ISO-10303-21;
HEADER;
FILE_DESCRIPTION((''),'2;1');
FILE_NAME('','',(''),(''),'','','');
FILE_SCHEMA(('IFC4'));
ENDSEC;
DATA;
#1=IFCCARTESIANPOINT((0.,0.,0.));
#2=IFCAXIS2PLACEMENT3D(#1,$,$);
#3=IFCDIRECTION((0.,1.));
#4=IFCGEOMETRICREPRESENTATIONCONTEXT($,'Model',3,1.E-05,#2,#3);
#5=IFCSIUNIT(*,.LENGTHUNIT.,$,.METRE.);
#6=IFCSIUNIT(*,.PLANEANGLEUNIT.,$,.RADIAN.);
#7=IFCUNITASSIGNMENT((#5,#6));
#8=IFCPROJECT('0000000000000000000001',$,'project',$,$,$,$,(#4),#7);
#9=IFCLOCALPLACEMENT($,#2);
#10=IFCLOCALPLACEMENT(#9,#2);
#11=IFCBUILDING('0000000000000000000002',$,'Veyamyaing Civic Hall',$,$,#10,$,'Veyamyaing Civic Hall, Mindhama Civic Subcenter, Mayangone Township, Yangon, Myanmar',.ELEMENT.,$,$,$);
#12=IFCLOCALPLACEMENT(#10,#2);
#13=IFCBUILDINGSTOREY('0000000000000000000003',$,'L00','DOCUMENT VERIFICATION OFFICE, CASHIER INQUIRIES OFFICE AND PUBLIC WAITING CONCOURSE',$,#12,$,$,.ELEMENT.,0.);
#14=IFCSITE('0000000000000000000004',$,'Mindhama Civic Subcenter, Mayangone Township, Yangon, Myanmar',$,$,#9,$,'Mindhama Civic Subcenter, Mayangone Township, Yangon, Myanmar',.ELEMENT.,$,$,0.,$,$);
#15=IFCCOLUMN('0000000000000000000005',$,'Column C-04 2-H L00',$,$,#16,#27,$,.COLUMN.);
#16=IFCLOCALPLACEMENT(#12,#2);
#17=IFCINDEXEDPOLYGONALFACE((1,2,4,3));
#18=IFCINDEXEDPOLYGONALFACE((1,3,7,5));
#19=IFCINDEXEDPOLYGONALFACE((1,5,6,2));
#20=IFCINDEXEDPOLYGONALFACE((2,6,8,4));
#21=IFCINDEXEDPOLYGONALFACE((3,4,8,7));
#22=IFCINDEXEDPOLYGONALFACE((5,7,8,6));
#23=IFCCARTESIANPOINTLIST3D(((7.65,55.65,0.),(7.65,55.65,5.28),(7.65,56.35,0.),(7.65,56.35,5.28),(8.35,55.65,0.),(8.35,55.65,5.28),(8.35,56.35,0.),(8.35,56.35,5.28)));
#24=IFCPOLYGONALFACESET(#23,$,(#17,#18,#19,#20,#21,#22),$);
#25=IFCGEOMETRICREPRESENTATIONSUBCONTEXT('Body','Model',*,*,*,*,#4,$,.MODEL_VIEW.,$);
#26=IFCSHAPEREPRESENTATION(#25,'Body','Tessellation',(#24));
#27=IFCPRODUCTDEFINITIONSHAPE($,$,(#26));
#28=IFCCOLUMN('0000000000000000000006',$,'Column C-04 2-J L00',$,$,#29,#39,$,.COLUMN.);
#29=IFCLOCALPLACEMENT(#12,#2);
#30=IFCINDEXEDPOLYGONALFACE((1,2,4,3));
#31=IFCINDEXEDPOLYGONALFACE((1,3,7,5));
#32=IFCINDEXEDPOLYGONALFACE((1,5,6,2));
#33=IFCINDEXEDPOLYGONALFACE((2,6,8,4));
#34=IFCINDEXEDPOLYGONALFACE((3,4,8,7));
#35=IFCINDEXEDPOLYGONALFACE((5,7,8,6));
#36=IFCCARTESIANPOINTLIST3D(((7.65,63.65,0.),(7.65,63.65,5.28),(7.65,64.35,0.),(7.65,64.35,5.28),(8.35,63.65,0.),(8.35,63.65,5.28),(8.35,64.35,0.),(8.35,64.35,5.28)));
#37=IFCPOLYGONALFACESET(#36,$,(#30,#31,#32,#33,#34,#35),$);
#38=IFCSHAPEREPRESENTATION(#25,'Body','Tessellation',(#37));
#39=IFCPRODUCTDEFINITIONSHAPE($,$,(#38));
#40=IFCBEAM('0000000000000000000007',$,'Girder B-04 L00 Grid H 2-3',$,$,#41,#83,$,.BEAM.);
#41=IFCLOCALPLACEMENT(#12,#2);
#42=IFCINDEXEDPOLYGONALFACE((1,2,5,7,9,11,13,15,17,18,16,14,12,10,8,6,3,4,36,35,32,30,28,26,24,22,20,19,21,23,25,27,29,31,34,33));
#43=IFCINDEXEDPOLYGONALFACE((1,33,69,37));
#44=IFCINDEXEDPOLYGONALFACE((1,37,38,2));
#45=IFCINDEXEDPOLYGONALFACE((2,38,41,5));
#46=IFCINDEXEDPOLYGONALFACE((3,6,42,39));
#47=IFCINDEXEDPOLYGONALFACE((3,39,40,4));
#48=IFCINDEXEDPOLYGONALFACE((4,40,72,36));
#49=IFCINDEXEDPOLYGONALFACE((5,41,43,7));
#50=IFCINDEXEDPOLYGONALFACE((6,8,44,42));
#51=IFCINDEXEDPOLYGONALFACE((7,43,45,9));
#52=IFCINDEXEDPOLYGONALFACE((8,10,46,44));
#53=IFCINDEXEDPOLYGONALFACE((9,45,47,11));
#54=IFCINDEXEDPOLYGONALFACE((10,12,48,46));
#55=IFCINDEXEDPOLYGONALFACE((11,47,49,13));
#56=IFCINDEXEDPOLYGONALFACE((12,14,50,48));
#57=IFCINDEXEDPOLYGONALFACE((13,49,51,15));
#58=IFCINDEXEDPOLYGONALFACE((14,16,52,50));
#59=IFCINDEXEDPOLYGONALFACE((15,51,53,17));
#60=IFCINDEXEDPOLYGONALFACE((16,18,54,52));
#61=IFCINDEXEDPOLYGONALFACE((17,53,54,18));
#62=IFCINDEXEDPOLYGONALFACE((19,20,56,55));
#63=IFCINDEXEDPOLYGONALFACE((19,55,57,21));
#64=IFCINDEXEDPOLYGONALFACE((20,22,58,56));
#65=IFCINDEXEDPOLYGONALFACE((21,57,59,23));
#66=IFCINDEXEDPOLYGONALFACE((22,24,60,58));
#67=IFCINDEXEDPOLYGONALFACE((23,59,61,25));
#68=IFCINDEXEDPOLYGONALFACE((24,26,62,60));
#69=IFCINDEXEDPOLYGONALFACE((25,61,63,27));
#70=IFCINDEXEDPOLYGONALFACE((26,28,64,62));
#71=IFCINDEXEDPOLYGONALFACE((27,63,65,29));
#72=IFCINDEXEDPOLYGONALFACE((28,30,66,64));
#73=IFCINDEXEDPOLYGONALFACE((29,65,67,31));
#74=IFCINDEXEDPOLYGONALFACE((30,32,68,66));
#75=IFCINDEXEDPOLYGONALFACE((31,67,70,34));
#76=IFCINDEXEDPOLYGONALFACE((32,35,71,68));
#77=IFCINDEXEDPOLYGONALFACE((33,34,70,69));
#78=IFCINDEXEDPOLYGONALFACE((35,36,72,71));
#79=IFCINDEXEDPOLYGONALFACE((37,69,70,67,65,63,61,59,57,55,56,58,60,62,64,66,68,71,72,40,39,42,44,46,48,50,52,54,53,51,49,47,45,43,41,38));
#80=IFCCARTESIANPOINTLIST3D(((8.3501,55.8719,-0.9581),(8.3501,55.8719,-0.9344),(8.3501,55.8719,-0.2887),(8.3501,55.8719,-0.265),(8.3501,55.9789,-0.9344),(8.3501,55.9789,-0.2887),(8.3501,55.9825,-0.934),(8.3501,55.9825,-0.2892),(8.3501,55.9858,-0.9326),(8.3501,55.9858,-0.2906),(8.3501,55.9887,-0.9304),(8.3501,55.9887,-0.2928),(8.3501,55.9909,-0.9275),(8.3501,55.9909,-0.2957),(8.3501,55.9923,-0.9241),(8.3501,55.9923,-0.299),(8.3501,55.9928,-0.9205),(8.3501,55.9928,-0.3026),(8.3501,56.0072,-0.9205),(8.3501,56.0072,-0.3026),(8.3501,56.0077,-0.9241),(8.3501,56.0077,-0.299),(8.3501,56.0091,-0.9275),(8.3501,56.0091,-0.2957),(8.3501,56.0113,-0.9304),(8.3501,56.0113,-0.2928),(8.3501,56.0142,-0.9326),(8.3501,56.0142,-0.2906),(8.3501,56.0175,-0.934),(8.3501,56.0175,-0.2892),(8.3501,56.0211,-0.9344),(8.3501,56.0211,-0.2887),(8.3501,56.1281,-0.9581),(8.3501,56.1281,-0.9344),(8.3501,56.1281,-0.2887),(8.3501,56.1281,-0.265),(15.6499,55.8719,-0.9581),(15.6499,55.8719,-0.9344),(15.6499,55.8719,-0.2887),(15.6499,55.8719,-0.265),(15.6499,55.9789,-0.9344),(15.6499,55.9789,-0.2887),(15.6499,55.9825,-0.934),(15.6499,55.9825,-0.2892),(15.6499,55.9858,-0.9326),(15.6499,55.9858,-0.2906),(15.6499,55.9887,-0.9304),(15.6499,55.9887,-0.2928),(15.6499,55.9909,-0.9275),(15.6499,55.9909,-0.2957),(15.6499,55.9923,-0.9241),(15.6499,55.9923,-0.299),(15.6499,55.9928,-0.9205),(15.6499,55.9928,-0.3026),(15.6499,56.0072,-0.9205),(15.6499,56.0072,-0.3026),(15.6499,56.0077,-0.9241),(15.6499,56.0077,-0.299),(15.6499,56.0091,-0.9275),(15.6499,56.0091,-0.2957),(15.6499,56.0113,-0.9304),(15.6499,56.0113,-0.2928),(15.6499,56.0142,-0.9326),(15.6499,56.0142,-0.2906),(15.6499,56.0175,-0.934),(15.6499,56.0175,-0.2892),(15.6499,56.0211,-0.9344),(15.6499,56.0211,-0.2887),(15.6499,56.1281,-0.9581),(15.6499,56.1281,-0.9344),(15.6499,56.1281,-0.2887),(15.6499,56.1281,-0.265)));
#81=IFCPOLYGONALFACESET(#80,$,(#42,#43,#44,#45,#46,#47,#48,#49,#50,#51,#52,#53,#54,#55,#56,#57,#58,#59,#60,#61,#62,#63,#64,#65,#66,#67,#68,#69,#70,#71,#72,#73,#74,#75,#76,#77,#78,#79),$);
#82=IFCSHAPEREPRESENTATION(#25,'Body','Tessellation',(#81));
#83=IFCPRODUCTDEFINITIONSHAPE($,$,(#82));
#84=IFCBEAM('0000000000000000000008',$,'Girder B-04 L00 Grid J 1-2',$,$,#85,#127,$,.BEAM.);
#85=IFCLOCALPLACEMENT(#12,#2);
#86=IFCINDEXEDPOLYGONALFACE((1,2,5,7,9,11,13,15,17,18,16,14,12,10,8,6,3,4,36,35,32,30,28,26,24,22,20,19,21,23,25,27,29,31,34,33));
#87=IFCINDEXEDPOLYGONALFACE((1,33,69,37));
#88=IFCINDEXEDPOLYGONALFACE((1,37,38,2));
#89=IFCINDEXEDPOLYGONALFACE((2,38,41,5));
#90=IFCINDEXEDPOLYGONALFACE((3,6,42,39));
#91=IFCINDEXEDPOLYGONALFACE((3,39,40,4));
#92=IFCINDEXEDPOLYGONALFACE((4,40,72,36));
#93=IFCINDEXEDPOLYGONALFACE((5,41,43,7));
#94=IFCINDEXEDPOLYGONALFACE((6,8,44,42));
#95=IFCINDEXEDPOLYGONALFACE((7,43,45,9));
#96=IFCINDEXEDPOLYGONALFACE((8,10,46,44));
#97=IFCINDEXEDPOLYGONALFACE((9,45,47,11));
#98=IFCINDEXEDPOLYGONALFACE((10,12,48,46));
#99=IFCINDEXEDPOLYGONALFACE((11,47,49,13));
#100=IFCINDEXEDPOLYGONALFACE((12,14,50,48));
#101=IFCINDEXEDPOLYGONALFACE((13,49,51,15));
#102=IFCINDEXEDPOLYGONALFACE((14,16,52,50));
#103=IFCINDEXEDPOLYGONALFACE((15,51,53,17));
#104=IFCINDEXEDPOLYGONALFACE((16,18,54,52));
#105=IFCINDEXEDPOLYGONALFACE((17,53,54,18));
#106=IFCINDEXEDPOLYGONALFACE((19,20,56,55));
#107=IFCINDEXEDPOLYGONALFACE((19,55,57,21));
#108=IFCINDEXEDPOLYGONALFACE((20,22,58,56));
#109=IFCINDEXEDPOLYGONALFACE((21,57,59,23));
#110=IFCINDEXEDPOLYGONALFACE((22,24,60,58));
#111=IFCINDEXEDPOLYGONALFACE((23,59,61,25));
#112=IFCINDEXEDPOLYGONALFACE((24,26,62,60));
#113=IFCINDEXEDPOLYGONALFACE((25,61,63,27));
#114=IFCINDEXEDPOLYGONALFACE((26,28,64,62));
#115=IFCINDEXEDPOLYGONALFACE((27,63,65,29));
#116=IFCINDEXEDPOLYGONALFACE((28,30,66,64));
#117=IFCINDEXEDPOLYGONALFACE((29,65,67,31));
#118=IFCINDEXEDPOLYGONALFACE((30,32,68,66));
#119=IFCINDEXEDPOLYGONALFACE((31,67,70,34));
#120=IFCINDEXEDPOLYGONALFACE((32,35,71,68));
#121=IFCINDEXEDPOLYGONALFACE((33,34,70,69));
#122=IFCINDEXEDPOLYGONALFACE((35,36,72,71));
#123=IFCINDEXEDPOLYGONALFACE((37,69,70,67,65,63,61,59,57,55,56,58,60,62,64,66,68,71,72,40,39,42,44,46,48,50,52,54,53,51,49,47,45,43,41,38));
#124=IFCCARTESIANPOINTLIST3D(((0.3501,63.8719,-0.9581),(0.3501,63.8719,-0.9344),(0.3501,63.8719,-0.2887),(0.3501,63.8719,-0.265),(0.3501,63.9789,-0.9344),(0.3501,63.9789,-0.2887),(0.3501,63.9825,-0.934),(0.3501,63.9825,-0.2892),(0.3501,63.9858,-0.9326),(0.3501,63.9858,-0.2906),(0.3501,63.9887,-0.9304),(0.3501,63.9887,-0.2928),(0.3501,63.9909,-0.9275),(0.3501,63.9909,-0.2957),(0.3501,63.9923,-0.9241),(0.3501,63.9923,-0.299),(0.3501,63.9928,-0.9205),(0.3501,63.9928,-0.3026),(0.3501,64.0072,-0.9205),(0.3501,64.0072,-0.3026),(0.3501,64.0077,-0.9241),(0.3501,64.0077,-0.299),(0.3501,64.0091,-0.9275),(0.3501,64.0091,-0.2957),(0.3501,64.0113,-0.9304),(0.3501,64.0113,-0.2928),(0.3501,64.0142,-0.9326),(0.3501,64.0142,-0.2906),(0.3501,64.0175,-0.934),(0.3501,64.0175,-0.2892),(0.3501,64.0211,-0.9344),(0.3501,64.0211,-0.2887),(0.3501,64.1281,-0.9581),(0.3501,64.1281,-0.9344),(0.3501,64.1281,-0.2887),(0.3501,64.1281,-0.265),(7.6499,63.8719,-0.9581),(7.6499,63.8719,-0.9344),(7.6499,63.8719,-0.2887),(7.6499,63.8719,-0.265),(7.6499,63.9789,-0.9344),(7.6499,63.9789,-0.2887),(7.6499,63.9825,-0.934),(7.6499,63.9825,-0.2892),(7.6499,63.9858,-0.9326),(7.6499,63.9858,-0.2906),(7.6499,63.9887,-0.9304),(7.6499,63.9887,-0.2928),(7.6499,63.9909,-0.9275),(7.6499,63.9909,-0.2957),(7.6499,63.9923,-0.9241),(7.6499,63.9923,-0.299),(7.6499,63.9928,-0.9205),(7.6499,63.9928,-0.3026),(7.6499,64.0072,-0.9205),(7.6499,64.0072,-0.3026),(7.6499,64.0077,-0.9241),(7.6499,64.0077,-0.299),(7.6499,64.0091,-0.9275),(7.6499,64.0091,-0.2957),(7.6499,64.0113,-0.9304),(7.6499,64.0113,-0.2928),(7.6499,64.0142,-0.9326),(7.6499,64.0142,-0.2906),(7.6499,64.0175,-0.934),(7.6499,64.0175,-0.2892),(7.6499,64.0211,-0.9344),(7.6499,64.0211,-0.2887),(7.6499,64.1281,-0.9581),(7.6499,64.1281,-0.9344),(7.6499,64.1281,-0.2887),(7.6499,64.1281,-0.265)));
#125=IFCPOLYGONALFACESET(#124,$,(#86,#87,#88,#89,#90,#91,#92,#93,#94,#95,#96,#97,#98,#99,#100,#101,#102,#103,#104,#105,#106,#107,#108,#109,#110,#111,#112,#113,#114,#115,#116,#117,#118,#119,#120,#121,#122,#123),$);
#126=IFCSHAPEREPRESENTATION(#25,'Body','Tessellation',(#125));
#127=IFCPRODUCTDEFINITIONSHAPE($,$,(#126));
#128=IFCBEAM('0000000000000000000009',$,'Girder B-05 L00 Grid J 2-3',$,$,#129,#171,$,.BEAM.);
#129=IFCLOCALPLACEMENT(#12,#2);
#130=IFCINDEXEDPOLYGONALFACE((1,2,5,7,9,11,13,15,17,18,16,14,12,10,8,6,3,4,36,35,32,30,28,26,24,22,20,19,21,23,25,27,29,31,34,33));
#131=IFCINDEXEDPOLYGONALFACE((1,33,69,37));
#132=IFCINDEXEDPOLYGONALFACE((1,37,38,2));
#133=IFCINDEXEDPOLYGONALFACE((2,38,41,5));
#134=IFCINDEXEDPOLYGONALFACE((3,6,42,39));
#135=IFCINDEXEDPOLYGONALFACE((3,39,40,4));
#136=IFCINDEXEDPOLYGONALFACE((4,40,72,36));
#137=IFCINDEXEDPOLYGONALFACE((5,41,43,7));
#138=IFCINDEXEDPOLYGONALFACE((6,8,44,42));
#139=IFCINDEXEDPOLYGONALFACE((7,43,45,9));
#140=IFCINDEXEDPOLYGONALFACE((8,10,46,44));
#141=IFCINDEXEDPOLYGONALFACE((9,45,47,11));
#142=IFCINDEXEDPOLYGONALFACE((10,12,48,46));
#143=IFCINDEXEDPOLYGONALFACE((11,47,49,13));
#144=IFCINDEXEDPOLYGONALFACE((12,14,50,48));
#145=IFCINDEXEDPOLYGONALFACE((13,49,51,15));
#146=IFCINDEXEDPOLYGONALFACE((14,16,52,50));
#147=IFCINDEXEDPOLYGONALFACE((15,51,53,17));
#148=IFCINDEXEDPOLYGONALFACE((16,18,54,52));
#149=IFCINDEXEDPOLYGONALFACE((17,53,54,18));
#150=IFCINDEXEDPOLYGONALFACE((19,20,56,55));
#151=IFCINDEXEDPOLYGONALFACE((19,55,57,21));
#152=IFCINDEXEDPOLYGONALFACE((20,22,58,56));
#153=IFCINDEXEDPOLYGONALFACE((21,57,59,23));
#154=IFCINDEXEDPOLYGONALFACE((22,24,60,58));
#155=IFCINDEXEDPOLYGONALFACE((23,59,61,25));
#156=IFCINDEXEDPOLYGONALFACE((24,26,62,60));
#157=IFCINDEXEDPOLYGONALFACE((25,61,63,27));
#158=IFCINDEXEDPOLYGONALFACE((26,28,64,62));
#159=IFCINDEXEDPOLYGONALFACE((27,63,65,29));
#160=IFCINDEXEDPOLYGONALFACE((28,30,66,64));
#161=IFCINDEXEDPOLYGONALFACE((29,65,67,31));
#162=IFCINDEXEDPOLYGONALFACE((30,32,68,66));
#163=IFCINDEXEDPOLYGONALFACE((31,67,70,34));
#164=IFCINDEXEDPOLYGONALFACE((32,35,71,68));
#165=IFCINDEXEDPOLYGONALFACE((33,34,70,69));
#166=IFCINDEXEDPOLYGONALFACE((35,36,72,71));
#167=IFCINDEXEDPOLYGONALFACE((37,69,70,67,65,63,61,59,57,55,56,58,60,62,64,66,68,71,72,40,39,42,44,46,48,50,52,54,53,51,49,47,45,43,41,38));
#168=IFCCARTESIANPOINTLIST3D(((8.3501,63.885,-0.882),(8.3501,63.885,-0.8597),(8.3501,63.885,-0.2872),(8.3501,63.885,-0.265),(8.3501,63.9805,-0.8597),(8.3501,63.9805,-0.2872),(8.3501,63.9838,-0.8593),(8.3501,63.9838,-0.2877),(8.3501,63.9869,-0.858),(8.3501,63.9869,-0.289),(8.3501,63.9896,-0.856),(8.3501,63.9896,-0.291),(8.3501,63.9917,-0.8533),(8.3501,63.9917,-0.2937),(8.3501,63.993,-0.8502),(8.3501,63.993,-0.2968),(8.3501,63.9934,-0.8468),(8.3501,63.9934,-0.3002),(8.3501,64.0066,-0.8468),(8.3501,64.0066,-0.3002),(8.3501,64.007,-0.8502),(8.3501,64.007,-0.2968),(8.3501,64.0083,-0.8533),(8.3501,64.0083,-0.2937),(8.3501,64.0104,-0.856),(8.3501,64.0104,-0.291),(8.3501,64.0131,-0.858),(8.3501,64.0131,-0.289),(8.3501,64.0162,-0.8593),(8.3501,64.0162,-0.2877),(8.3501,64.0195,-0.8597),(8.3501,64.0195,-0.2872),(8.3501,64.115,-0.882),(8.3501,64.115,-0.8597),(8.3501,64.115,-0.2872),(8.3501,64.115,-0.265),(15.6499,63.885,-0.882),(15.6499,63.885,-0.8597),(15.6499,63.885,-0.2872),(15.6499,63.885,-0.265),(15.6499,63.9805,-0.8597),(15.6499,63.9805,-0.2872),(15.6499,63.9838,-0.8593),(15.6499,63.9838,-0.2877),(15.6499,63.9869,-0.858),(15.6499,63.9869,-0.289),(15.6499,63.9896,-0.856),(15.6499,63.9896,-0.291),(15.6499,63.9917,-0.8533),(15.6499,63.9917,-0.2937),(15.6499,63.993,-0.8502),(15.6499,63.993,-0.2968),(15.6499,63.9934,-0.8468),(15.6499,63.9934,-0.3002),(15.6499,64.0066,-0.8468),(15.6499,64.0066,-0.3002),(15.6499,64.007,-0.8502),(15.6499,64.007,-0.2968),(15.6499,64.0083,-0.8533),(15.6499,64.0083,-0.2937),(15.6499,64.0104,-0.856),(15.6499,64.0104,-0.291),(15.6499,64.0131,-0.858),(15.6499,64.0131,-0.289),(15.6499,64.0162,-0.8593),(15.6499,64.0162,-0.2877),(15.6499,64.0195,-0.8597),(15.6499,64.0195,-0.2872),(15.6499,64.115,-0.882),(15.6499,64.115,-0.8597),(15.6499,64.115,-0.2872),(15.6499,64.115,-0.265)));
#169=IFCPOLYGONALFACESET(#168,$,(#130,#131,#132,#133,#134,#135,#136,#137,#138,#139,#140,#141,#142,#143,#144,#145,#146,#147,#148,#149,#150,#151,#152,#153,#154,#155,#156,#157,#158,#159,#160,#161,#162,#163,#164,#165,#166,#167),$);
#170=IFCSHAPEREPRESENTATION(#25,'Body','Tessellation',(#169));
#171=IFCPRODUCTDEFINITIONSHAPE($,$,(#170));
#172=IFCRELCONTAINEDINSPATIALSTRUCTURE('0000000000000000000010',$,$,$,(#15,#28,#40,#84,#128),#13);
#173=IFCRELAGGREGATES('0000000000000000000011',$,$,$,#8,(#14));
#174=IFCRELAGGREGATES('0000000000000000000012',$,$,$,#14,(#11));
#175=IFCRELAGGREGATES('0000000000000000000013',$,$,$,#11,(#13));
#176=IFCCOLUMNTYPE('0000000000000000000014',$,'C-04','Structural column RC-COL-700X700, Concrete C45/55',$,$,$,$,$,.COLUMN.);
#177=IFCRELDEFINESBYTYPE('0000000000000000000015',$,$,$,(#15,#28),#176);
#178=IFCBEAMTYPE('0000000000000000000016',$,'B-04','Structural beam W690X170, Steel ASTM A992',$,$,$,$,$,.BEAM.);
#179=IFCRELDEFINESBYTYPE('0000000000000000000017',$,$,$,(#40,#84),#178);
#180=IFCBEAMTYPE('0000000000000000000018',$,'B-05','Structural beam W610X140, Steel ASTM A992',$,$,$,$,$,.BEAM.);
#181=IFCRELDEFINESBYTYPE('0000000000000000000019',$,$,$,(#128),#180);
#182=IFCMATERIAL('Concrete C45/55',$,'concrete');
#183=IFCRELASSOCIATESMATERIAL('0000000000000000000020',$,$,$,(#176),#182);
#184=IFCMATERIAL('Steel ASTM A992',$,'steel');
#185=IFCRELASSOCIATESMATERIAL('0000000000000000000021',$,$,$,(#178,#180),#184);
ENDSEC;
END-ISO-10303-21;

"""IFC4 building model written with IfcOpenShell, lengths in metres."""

from ifc_helpers import new_model, si_unit, direction, frame, origin, origin_2d, place, context, subcontext, project, spatial, rectangle, i_section, extrude, material, material_profile, profile_set, type_object, element, save


model = new_model("IFC4")

# Units and contexts
model_context = context("Model", 3, precision=1e-05, world=origin(), true_north=direction((0.0, 1.0)))
body_context = subcontext(model_context, "Body", "Model", "MODEL_VIEW")
ifc_project = project(units=[si_unit("LENGTHUNIT", "METRE"), si_unit("PLANEANGLEUNIT", "RADIAN")], contexts=[model_context])

# Site, building, storey
site_placement = place(None, origin())
site = spatial("IfcSite", under=ifc_project, at=site_placement, Name="Mindhama Civic Subcenter, Mayangone Township, Yangon, Myanmar", LongName="Mindhama Civic Subcenter, Mayangone Township, Yangon, Myanmar", CompositionType="ELEMENT", RefElevation=0.0)
building_placement = place(site_placement, origin())
building = spatial("IfcBuilding", under=site, at=building_placement, Name="Veyamyaing Civic Hall", LongName="Veyamyaing Civic Hall, Mindhama Civic Subcenter, Mayangone Township, Yangon, Myanmar", CompositionType="ELEMENT")
storey_placement = place(building_placement, origin())
storey = spatial("IfcBuildingStorey", under=building, at=storey_placement, Name="L00", Description="DOCUMENT VERIFICATION OFFICE, CASHIER INQUIRIES OFFICE AND PUBLIC WAITING CONCOURSE", CompositionType="ELEMENT", Elevation=0.0)

# Columns
ifc_material_1 = material(Name="Concrete C45/55", Category="concrete")
ifc_material_profile_1 = material_profile(ifc_material_1, rectangle(XDim=0.7, YDim=0.7, at=origin_2d()), Name="RC-COL-700X700")
ifc_profile_set_1 = profile_set([ifc_material_profile_1], Name="Concrete C45/55")
column_type = type_object("IfcColumnType", Name="C-04", Description="Structural column RC-COL-700X700, Concrete C45/55", PredefinedType="COLUMN", material=ifc_profile_set_1)
for number, where, z_axis, x_axis, name in (
    (1, (8.0, 56.0, 0.0), (0.0, 0.0, 1.0), (1.0, 0.0, 0.0), "Column C-04 2-H L00"),
    (2, (8.0, 64.0, 0.0), (0.0, 0.0, 1.0), (1.0, 0.0, 0.0), "Column C-04 2-J L00"),
):
    element("IfcColumn", number, at=place(storey_placement, frame(where, z_axis=z_axis, x_axis=x_axis)), inside=storey, type_object=column_type, Name=name, PredefinedType="COLUMN", context=body_context, shape_type="SweptSolid", body=[
        extrude(rectangle(XDim=0.7, YDim=0.7, at=origin_2d()), origin(), (0.0, 0.0, 1.0), 5.28),
    ])

# Beams
ifc_material_2 = material(Name="Steel ASTM A992", Category="steel")
ifc_material_profile_2 = material_profile(ifc_material_2, i_section(OverallWidth=0.2561, OverallDepth=0.6931, WebThickness=0.0144, FlangeThickness=0.0237, FilletRadius=0.0139, at=origin_2d()), Name="W690X170")
ifc_profile_set_2 = profile_set([ifc_material_profile_2], Name="Steel ASTM A992")
beam_type_1 = type_object("IfcBeamType", Name="B-04", Description="Structural beam W690X170, Steel ASTM A992", PredefinedType="BEAM", material=ifc_profile_set_2)
for number, where, z_axis, x_axis, name in (
    (3, (8.3501, 56.0, -0.6116), (1.0, 0.0, 0.0), (0.0, 1.0, 0.0), "Girder B-04 L00 Grid H 2-3"),
    (4, (0.3501, 64.0, -0.6116), (1.0, 0.0, 0.0), (0.0, 1.0, 0.0), "Girder B-04 L00 Grid J 1-2"),
):
    element("IfcBeam", number, at=place(storey_placement, frame(where, z_axis=z_axis, x_axis=x_axis)), inside=storey, type_object=beam_type_1, Name=name, PredefinedType="BEAM", context=body_context, shape_type="SweptSolid", body=[
        extrude(i_section(OverallWidth=0.2561, OverallDepth=0.6931, WebThickness=0.0144, FlangeThickness=0.0237, FilletRadius=0.0139, at=origin_2d()), origin(), (0.0, 0.0, 1.0), 7.2998),
    ])
ifc_material_profile_3 = material_profile(ifc_material_2, i_section(OverallWidth=0.23, OverallDepth=0.6169, WebThickness=0.0132, FlangeThickness=0.0222, FilletRadius=0.0129, at=origin_2d()), Name="W610X140")
ifc_profile_set_3 = profile_set([ifc_material_profile_3], Name="Steel ASTM A992")
beam_type_2 = type_object("IfcBeamType", Name="B-05", Description="Structural beam W610X140, Steel ASTM A992", PredefinedType="BEAM", material=ifc_profile_set_3)
for number, where, z_axis, x_axis, name in (
    (5, (8.3501, 64.0, -0.5735), (1.0, 0.0, 0.0), (0.0, 1.0, 0.0), "Girder B-05 L00 Grid J 2-3"),
):
    element("IfcBeam", number, at=place(storey_placement, frame(where, z_axis=z_axis, x_axis=x_axis)), inside=storey, type_object=beam_type_2, Name=name, PredefinedType="BEAM", context=body_context, shape_type="SweptSolid", body=[
        extrude(i_section(OverallWidth=0.23, OverallDepth=0.6169, WebThickness=0.0132, FlangeThickness=0.0222, FilletRadius=0.0129, at=origin_2d()), origin(), (0.0, 0.0, 1.0), 7.2998),
    ])

save(model, "model.ifc")
